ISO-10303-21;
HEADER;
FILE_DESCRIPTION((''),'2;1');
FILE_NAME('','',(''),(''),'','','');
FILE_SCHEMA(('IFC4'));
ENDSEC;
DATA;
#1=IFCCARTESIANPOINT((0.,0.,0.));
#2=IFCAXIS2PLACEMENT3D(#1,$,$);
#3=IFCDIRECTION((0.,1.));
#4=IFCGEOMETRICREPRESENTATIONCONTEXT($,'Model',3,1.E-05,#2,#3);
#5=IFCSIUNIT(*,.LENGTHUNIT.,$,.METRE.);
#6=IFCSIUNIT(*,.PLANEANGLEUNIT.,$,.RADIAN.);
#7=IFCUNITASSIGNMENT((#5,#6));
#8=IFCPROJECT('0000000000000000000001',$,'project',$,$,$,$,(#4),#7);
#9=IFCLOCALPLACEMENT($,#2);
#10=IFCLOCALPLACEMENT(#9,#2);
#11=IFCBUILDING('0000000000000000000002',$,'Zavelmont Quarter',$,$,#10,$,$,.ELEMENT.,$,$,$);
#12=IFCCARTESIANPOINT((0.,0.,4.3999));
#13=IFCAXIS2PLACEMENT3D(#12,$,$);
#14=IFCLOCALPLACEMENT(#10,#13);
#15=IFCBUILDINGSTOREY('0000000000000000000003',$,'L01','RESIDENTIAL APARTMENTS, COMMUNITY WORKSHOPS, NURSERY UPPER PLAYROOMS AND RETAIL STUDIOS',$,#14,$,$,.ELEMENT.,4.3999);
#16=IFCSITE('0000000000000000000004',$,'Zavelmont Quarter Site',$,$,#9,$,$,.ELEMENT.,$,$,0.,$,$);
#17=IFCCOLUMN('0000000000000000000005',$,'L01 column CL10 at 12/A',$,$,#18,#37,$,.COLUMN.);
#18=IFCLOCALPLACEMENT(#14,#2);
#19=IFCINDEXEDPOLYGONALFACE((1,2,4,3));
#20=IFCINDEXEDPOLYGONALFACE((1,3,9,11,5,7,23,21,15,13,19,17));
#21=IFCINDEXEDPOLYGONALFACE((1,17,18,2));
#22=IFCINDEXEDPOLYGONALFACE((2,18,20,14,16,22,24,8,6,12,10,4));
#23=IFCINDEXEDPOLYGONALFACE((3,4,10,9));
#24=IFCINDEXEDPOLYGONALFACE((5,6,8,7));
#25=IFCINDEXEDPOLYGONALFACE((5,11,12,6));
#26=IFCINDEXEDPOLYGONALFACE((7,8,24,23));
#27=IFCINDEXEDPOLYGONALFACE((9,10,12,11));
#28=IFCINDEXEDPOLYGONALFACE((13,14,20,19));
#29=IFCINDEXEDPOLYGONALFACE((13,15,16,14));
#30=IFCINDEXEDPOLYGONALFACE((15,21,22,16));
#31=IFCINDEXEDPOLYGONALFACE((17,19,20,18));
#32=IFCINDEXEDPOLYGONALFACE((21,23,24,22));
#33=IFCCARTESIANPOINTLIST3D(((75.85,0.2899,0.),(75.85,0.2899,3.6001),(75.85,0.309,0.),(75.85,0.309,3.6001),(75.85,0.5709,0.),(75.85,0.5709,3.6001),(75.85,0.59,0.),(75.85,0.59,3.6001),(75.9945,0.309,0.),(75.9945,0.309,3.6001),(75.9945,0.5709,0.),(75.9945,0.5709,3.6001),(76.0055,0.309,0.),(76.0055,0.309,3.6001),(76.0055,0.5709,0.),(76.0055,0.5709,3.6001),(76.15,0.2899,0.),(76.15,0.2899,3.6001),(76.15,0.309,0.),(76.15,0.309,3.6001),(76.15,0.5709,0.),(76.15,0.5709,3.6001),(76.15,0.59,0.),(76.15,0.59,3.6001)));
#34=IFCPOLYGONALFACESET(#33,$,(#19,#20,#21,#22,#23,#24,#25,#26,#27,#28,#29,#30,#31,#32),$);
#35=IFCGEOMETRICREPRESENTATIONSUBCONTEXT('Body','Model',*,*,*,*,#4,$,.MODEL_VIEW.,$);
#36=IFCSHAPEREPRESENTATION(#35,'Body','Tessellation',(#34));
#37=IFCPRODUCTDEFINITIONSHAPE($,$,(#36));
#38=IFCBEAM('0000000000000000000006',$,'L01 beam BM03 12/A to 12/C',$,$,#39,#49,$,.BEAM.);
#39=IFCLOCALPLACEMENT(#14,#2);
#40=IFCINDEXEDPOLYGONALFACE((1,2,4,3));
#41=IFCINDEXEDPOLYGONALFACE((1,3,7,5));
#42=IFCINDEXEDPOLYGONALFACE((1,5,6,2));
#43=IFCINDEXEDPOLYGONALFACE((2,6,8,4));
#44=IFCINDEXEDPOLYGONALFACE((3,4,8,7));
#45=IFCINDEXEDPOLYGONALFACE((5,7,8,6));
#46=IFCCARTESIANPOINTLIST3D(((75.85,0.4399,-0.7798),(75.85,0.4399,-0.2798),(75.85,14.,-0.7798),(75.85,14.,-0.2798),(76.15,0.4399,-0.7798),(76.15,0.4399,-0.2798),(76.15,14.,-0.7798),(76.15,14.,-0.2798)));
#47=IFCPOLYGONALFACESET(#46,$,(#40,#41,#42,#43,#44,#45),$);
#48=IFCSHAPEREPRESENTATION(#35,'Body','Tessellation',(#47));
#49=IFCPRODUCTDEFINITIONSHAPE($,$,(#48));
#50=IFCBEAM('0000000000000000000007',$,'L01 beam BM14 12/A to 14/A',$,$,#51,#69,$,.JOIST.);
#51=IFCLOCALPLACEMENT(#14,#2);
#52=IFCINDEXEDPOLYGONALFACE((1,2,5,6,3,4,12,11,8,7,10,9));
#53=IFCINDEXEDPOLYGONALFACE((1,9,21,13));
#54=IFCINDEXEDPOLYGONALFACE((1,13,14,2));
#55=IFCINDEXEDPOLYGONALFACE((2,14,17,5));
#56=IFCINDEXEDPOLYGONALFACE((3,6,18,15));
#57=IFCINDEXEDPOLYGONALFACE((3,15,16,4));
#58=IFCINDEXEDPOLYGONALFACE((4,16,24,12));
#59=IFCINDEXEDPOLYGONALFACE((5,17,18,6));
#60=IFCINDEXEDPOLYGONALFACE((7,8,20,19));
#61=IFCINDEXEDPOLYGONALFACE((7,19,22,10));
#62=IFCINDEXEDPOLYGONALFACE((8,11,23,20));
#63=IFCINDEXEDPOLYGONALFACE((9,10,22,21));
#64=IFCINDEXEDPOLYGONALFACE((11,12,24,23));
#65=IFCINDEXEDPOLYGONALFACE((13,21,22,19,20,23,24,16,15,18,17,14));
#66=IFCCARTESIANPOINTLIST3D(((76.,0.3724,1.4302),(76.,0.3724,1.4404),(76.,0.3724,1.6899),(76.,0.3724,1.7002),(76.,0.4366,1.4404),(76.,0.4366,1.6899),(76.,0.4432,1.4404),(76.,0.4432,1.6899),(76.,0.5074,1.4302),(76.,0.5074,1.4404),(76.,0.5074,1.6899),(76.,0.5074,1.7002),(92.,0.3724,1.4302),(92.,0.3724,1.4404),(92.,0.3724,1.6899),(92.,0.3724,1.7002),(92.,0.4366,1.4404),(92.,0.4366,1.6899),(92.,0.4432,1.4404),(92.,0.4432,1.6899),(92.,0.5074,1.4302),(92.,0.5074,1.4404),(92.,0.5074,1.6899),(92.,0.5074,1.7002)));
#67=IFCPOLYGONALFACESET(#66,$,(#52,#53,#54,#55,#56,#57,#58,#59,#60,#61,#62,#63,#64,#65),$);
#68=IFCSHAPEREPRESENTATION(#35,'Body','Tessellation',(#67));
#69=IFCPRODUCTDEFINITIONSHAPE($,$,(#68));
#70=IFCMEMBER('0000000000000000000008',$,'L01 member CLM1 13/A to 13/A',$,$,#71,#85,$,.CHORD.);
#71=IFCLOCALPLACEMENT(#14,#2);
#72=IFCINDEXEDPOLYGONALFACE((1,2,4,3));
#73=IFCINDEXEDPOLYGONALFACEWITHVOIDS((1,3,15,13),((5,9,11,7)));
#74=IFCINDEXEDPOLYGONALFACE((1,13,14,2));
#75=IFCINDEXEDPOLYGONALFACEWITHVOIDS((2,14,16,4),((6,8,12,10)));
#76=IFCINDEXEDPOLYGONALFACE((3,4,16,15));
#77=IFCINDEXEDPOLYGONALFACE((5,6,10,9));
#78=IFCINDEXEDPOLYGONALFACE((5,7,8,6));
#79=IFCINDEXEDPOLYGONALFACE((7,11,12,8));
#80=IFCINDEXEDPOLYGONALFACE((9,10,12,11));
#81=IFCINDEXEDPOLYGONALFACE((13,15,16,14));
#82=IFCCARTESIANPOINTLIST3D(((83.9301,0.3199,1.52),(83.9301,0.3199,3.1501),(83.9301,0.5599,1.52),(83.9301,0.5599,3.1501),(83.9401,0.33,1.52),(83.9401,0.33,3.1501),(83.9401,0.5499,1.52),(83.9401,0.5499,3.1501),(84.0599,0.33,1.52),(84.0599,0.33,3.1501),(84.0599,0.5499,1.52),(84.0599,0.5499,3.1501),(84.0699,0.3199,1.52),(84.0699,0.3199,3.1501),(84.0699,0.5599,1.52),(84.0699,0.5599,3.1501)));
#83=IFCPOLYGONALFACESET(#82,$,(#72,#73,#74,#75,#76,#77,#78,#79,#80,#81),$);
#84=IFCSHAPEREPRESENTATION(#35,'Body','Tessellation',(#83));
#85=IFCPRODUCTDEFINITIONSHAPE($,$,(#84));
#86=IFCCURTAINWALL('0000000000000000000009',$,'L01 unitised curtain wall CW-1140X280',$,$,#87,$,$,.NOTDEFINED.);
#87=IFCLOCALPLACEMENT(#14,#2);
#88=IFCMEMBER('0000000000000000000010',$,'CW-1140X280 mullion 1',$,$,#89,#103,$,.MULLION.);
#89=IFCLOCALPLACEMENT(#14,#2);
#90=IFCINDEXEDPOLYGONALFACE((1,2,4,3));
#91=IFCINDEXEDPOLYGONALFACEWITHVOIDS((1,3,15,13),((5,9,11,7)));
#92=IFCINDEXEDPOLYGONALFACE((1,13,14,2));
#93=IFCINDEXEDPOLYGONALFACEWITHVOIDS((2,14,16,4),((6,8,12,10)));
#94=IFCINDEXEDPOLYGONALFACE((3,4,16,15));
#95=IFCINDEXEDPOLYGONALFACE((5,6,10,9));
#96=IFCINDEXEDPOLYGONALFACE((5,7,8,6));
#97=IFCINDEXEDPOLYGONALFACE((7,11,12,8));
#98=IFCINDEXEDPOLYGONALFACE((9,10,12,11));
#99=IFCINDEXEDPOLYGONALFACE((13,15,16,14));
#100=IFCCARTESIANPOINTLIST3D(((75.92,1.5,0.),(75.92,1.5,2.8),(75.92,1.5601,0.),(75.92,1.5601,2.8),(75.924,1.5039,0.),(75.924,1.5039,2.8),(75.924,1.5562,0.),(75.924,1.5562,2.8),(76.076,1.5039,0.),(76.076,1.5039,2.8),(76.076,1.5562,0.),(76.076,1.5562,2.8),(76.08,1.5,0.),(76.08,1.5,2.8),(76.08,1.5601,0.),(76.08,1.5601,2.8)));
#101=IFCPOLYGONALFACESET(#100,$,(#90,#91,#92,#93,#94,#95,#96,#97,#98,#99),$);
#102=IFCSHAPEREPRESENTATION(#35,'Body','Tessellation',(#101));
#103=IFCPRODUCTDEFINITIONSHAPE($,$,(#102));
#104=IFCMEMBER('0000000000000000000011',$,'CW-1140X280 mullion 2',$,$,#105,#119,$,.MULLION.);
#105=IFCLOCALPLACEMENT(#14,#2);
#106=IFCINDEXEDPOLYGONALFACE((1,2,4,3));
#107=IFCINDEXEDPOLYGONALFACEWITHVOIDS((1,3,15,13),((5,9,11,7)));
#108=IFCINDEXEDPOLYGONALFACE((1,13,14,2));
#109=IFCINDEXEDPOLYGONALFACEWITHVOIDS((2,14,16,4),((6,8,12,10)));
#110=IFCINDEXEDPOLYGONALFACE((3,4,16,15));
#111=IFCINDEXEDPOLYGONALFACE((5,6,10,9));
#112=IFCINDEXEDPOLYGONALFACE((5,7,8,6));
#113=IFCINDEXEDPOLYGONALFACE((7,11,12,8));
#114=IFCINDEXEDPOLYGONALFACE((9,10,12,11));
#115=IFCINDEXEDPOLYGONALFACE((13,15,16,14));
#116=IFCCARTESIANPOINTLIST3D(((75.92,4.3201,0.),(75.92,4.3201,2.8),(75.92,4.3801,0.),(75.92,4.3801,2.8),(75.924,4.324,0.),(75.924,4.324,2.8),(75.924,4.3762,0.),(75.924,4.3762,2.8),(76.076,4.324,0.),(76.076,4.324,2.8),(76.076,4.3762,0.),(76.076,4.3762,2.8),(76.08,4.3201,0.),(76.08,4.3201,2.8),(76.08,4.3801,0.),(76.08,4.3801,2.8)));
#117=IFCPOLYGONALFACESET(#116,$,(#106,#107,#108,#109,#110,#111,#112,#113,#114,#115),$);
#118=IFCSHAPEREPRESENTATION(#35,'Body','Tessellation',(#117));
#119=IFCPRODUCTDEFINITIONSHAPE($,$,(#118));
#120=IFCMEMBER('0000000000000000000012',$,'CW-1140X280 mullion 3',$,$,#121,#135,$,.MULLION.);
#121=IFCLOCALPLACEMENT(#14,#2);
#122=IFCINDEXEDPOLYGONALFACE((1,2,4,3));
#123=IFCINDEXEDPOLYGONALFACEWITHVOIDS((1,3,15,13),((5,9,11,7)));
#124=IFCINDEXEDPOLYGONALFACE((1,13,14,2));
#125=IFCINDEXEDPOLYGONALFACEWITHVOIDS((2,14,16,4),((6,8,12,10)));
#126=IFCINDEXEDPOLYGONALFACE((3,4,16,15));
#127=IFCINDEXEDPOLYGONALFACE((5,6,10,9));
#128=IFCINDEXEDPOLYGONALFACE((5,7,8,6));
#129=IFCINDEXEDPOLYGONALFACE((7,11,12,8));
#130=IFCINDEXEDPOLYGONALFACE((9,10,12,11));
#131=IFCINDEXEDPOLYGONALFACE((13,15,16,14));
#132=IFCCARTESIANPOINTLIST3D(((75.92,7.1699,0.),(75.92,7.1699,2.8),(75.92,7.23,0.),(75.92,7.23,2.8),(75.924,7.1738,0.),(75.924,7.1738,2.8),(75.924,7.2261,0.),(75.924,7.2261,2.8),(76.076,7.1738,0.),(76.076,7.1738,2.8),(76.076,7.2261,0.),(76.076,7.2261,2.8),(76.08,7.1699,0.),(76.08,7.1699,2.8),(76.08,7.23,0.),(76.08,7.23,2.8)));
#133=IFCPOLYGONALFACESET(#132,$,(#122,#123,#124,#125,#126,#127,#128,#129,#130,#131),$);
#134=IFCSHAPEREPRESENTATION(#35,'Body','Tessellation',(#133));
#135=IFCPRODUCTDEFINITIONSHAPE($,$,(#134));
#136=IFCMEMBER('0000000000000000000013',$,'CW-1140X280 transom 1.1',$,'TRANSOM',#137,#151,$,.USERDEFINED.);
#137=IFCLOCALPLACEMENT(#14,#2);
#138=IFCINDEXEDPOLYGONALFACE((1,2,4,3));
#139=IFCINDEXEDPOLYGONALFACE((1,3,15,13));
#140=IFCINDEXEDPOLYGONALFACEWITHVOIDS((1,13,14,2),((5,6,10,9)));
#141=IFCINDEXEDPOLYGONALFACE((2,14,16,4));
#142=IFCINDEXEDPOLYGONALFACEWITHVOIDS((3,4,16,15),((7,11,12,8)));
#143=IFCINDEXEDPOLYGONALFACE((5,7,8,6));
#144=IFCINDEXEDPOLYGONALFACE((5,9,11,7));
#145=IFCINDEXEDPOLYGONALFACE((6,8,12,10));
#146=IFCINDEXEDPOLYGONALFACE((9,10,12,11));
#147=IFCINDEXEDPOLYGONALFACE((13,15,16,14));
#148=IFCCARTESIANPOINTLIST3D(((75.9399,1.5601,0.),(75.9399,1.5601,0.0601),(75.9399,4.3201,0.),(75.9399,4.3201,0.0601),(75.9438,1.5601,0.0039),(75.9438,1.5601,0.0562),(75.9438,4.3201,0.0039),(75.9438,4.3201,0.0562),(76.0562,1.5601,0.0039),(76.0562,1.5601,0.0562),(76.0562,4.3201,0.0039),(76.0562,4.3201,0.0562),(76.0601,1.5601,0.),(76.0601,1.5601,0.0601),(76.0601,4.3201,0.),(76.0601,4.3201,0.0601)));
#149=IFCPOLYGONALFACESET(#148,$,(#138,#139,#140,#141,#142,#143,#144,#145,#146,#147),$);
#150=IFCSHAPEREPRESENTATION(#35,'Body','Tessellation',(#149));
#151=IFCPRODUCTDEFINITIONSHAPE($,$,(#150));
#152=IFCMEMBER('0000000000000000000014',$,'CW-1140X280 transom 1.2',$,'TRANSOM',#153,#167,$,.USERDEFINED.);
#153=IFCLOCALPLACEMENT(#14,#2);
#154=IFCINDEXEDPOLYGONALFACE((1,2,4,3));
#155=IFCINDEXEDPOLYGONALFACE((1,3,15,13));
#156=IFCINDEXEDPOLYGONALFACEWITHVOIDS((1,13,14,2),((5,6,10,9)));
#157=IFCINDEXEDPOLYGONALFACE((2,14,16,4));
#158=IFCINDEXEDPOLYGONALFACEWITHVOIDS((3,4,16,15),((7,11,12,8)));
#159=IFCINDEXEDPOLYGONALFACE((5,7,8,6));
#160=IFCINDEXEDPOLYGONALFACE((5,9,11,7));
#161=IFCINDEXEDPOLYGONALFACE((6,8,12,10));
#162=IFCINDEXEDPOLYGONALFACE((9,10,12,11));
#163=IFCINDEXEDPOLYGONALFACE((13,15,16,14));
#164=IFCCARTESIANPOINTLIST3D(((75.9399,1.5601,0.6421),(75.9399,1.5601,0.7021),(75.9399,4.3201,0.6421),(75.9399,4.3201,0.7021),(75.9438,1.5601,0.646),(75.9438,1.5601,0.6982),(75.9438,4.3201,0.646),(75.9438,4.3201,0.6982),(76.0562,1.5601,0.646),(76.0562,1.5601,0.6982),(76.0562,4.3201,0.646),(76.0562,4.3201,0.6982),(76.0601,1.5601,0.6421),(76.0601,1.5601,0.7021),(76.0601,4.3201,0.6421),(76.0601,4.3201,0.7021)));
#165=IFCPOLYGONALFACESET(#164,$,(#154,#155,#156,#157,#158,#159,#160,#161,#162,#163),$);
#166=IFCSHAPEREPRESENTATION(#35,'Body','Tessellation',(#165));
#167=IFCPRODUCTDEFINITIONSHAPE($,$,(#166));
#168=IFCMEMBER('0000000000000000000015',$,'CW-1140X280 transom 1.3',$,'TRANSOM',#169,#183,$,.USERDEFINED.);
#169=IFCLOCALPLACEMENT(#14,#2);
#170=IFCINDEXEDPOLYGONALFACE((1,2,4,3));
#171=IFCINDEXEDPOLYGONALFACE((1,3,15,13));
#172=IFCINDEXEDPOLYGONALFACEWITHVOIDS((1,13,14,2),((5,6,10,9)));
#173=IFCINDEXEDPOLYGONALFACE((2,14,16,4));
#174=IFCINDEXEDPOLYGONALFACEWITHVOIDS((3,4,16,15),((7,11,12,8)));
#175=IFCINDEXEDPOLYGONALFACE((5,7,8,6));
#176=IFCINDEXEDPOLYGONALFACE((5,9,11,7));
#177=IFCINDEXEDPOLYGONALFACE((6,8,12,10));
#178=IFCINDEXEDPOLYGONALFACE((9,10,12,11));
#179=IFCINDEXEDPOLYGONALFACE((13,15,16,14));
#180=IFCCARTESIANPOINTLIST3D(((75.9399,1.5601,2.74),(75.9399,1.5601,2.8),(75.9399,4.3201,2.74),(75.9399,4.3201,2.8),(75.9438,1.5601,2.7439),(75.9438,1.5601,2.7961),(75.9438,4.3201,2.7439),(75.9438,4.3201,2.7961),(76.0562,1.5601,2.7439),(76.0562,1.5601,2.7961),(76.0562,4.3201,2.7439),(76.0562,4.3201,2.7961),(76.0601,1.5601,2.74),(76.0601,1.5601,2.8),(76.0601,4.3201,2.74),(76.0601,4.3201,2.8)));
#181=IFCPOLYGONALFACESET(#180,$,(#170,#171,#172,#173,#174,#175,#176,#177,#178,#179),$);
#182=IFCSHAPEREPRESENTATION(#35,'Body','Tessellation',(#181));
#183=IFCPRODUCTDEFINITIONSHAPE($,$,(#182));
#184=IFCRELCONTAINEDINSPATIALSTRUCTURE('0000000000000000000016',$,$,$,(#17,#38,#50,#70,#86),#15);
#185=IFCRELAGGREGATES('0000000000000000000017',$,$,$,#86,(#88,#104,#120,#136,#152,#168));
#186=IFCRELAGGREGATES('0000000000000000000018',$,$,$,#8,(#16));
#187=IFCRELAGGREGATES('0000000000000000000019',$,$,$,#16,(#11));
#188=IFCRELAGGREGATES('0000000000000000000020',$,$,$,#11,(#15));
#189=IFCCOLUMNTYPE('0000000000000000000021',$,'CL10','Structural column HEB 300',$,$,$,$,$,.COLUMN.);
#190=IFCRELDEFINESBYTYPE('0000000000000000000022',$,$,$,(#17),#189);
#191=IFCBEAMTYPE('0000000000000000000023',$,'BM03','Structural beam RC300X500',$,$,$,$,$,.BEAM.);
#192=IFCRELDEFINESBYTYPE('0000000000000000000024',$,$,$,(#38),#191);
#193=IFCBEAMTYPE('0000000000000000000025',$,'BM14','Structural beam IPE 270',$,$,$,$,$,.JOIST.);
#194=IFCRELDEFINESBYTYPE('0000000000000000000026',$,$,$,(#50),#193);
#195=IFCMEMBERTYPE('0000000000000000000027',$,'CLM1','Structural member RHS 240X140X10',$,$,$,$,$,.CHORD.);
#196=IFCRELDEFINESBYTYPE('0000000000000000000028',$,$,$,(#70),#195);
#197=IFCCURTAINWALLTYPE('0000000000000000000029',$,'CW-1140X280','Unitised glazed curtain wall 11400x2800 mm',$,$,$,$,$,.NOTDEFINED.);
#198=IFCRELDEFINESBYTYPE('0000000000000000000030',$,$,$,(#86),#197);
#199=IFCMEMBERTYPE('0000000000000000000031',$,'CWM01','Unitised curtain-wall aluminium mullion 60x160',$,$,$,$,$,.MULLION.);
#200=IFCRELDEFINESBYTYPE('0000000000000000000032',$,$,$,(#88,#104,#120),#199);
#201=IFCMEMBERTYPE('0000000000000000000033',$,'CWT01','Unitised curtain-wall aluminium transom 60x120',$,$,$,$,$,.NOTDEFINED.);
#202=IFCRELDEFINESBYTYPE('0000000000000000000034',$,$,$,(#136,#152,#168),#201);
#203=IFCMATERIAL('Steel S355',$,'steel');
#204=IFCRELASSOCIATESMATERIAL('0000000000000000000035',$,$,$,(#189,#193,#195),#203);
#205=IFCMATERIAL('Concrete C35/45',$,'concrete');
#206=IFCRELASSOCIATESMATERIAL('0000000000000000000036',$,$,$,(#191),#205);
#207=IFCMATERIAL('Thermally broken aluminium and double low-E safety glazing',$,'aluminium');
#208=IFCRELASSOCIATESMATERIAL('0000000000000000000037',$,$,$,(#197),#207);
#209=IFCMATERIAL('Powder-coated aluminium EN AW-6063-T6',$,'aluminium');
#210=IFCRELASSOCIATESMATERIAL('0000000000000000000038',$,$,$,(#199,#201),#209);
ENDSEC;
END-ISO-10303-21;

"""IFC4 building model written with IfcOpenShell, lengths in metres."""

from ifc_helpers import new_model, si_unit, direction, frame, origin, origin_2d, place, context, subcontext, project, spatial, rectangle, hollow_rectangle, i_section, extrude, material, material_profile, profile_set, type_object, element, aggregate, save


model = new_model("IFC4")

# Units and contexts
model_context = context("Model", 3, precision=1e-05, world=origin(), true_north=direction((0.0, 1.0)))
body_context = subcontext(model_context, "Body", "Model", "MODEL_VIEW")
ifc_project = project(units=[si_unit("LENGTHUNIT", "METRE"), si_unit("PLANEANGLEUNIT", "RADIAN")], contexts=[model_context])

# Site, building, storey
site_placement = place(None, origin())
site = spatial("IfcSite", under=ifc_project, at=site_placement, Name="Zavelmont Quarter Site", CompositionType="ELEMENT", RefElevation=0.0)
building_placement = place(site_placement, origin())
building = spatial("IfcBuilding", under=site, at=building_placement, Name="Zavelmont Quarter", CompositionType="ELEMENT")
storey_placement = place(building_placement, frame((0.0, 0.0, 4.3999)))
storey = spatial("IfcBuildingStorey", under=building, at=storey_placement, Name="L01", Description="RESIDENTIAL APARTMENTS, COMMUNITY WORKSHOPS, NURSERY UPPER PLAYROOMS AND RETAIL STUDIOS", CompositionType="ELEMENT", Elevation=4.3999)

# Column
ifc_material_1 = material(Name="Steel S355", Category="steel")
ifc_material_profile_1 = material_profile(ifc_material_1, i_section(OverallWidth=0.3, OverallDepth=0.3, WebThickness=0.011, FlangeThickness=0.019, at=origin_2d()), Name="HEB 300")
ifc_profile_set_1 = profile_set([ifc_material_profile_1], Name="Steel S355")
column_type = type_object("IfcColumnType", Name="CL10", Description="Structural column HEB 300", PredefinedType="COLUMN", material=ifc_profile_set_1)
column_placement = place(storey_placement, frame((76.0, 0.4399, 0.0), z_axis=(0.0, 0.0, 1.0), x_axis=(1.0, 0.0, 0.0)))
element("IfcColumn", 1, at=column_placement, inside=storey, type_object=column_type, Name="L01 column CL10 at 12/A", PredefinedType="COLUMN", context=body_context, shape_type="SweptSolid", body=[
    extrude(i_section(OverallWidth=0.3, OverallDepth=0.3, WebThickness=0.011, FlangeThickness=0.019, at=origin_2d()), origin(), (0.0, 0.0, 1.0), 3.6001),
])

# Beams
ifc_material_2 = material(Name="Concrete C35/45", Category="concrete")
ifc_material_profile_2 = material_profile(ifc_material_2, rectangle(XDim=0.3, YDim=0.5, at=origin_2d()), Name="RC300X500")
ifc_profile_set_2 = profile_set([ifc_material_profile_2], Name="Concrete C35/45")
beam_type_1 = type_object("IfcBeamType", Name="BM03", Description="Structural beam RC300X500", PredefinedType="BEAM", material=ifc_profile_set_2)
beam_1_placement = place(storey_placement, frame((76.0, 0.4399, -0.5298), z_axis=(0.0, 1.0, 0.0), x_axis=(-1.0, 0.0, 0.0)))
element("IfcBeam", 2, at=beam_1_placement, inside=storey, type_object=beam_type_1, Name="L01 beam BM03 12/A to 12/C", PredefinedType="BEAM", context=body_context, shape_type="SweptSolid", body=[
    extrude(rectangle(XDim=0.3, YDim=0.5, at=origin_2d()), origin(), (0.0, 0.0, 1.0), 13.5601),
])
ifc_material_profile_3 = material_profile(ifc_material_1, i_section(OverallWidth=0.135, OverallDepth=0.27, WebThickness=0.0066, FlangeThickness=0.0103, at=origin_2d()), Name="IPE 270")
ifc_profile_set_3 = profile_set([ifc_material_profile_3], Name="Steel S355")
beam_type_2 = type_object("IfcBeamType", Name="BM14", Description="Structural beam IPE 270", PredefinedType="JOIST", material=ifc_profile_set_3)
beam_2_placement = place(storey_placement, frame((76.0, 0.4399, 1.5652), z_axis=(1.0, 0.0, 0.0), x_axis=(0.0, 1.0, 0.0)))
element("IfcBeam", 3, at=beam_2_placement, inside=storey, type_object=beam_type_2, Name="L01 beam BM14 12/A to 14/A", PredefinedType="JOIST", context=body_context, shape_type="SweptSolid", body=[
    extrude(i_section(OverallWidth=0.135, OverallDepth=0.27, WebThickness=0.0066, FlangeThickness=0.0103, at=origin_2d()), origin(), (0.0, 0.0, 1.0), 16.0),
])

# Member
ifc_material_profile_4 = material_profile(ifc_material_1, hollow_rectangle(XDim=0.1399, YDim=0.24, WallThickness=0.01, at=origin_2d()), Name="RHS 240X140X10")
ifc_profile_set_4 = profile_set([ifc_material_profile_4], Name="Steel S355")
member_type_1 = type_object("IfcMemberType", Name="CLM1", Description="Structural member RHS 240X140X10", PredefinedType="CHORD", material=ifc_profile_set_4)
member_1_placement = place(storey_placement, frame((84.0, 0.4399, 1.52), z_axis=(0.0, 0.0, 1.0), x_axis=(1.0, 0.0, 0.0)))
element("IfcMember", 4, at=member_1_placement, inside=storey, type_object=member_type_1, Name="L01 member CLM1 13/A to 13/A", PredefinedType="CHORD", context=body_context, shape_type="SweptSolid", body=[
    extrude(hollow_rectangle(XDim=0.1399, YDim=0.24, WallThickness=0.01, at=origin_2d()), origin(), (0.0, 0.0, 1.0), 1.6301),
])

# Curtain wall, members
ifc_material_3 = material(Name="Thermally broken aluminium and double low-E safety glazing", Category="aluminium")
curtain_wall_type = type_object("IfcCurtainWallType", Name="CW-1140X280", Description="Unitised glazed curtain wall 11400x2800 mm", PredefinedType="NOTDEFINED", material=ifc_material_3)
curtain_wall_placement = place(storey_placement, origin())
curtain_wall = element("IfcCurtainWall", 5, at=curtain_wall_placement, inside=storey, type_object=curtain_wall_type, Name="L01 unitised curtain wall CW-1140X280", PredefinedType="NOTDEFINED")
ifc_material_4 = material(Name="Powder-coated aluminium EN AW-6063-T6", Category="aluminium")
ifc_material_profile_5 = material_profile(ifc_material_4, hollow_rectangle(XDim=0.0601, YDim=0.1599, WallThickness=0.0039, at=origin_2d()), Name="CWM60X160")
ifc_profile_set_5 = profile_set([ifc_material_profile_5], Name="Powder-coated aluminium EN AW-6063-T6")
member_type_2 = type_object("IfcMemberType", Name="CWM01", Description="Unitised curtain-wall aluminium mullion 60x160", PredefinedType="MULLION", material=ifc_profile_set_5)
member_2_placement = place(storey_placement, frame((76.0, 1.53, 0.0), z_axis=(0.0, 0.0, 1.0), x_axis=(0.0, 1.0, 0.0)))
member_2 = element("IfcMember", 6, at=member_2_placement, type_object=member_type_2, Name="CW-1140X280 mullion 1", PredefinedType="MULLION", context=body_context, shape_type="SweptSolid", body=[
    extrude(hollow_rectangle(XDim=0.0601, YDim=0.1599, WallThickness=0.0039, at=origin_2d()), origin(), (0.0, 0.0, 1.0), 2.8),
])
member_3_placement = place(storey_placement, frame((76.0, 4.3501, 0.0), z_axis=(0.0, 0.0, 1.0), x_axis=(0.0, 1.0, 0.0)))
member_3 = element("IfcMember", 7, at=member_3_placement, type_object=member_type_2, Name="CW-1140X280 mullion 2", PredefinedType="MULLION", context=body_context, shape_type="SweptSolid", body=[
    extrude(hollow_rectangle(XDim=0.0601, YDim=0.1599, WallThickness=0.0039, at=origin_2d()), origin(), (0.0, 0.0, 1.0), 2.8),
])
member_4_placement = place(storey_placement, frame((76.0, 7.2, 0.0), z_axis=(0.0, 0.0, 1.0), x_axis=(0.0, 1.0, 0.0)))
member_4 = element("IfcMember", 8, at=member_4_placement, type_object=member_type_2, Name="CW-1140X280 mullion 3", PredefinedType="MULLION", context=body_context, shape_type="SweptSolid", body=[
    extrude(hollow_rectangle(XDim=0.0601, YDim=0.1599, WallThickness=0.0039, at=origin_2d()), origin(), (0.0, 0.0, 1.0), 2.8),
])
ifc_material_profile_6 = material_profile(ifc_material_4, hollow_rectangle(XDim=0.1201, YDim=0.0601, WallThickness=0.0039, at=origin_2d()), Name="CWT60X120")
ifc_profile_set_6 = profile_set([ifc_material_profile_6], Name="Powder-coated aluminium EN AW-6063-T6")
member_type_3 = type_object("IfcMemberType", Name="CWT01", Description="Unitised curtain-wall aluminium transom 60x120", PredefinedType="NOTDEFINED", material=ifc_profile_set_6)
member_5_placement = place(storey_placement, frame((76.0, 1.5601, 0.03), z_axis=(0.0, 1.0, 0.0), x_axis=(-1.0, 0.0, 0.0)))
member_5 = element("IfcMember", 9, at=member_5_placement, type_object=member_type_3, Name="CW-1140X280 transom 1.1", ObjectType="TRANSOM", PredefinedType="USERDEFINED", context=body_context, shape_type="SweptSolid", body=[
    extrude(hollow_rectangle(XDim=0.1201, YDim=0.0601, WallThickness=0.0039, at=origin_2d()), origin(), (0.0, 0.0, 1.0), 2.76),
])
member_6_placement = place(storey_placement, frame((76.0, 1.5601, 0.6721), z_axis=(0.0, 1.0, 0.0), x_axis=(-1.0, 0.0, 0.0)))
member_6 = element("IfcMember", 10, at=member_6_placement, type_object=member_type_3, Name="CW-1140X280 transom 1.2", ObjectType="TRANSOM", PredefinedType="USERDEFINED", context=body_context, shape_type="SweptSolid", body=[
    extrude(hollow_rectangle(XDim=0.1201, YDim=0.0601, WallThickness=0.0039, at=origin_2d()), origin(), (0.0, 0.0, 1.0), 2.76),
])
member_7_placement = place(storey_placement, frame((76.0, 1.5601, 2.77), z_axis=(0.0, 1.0, 0.0), x_axis=(-1.0, 0.0, 0.0)))
member_7 = element("IfcMember", 11, at=member_7_placement, type_object=member_type_3, Name="CW-1140X280 transom 1.3", ObjectType="TRANSOM", PredefinedType="USERDEFINED", context=body_context, shape_type="SweptSolid", body=[
    extrude(hollow_rectangle(XDim=0.1201, YDim=0.0601, WallThickness=0.0039, at=origin_2d()), origin(), (0.0, 0.0, 1.0), 2.76),
])

aggregate(curtain_wall, [member_2, member_3, member_4, member_5, member_6, member_7])

save(model, "model.ifc")
